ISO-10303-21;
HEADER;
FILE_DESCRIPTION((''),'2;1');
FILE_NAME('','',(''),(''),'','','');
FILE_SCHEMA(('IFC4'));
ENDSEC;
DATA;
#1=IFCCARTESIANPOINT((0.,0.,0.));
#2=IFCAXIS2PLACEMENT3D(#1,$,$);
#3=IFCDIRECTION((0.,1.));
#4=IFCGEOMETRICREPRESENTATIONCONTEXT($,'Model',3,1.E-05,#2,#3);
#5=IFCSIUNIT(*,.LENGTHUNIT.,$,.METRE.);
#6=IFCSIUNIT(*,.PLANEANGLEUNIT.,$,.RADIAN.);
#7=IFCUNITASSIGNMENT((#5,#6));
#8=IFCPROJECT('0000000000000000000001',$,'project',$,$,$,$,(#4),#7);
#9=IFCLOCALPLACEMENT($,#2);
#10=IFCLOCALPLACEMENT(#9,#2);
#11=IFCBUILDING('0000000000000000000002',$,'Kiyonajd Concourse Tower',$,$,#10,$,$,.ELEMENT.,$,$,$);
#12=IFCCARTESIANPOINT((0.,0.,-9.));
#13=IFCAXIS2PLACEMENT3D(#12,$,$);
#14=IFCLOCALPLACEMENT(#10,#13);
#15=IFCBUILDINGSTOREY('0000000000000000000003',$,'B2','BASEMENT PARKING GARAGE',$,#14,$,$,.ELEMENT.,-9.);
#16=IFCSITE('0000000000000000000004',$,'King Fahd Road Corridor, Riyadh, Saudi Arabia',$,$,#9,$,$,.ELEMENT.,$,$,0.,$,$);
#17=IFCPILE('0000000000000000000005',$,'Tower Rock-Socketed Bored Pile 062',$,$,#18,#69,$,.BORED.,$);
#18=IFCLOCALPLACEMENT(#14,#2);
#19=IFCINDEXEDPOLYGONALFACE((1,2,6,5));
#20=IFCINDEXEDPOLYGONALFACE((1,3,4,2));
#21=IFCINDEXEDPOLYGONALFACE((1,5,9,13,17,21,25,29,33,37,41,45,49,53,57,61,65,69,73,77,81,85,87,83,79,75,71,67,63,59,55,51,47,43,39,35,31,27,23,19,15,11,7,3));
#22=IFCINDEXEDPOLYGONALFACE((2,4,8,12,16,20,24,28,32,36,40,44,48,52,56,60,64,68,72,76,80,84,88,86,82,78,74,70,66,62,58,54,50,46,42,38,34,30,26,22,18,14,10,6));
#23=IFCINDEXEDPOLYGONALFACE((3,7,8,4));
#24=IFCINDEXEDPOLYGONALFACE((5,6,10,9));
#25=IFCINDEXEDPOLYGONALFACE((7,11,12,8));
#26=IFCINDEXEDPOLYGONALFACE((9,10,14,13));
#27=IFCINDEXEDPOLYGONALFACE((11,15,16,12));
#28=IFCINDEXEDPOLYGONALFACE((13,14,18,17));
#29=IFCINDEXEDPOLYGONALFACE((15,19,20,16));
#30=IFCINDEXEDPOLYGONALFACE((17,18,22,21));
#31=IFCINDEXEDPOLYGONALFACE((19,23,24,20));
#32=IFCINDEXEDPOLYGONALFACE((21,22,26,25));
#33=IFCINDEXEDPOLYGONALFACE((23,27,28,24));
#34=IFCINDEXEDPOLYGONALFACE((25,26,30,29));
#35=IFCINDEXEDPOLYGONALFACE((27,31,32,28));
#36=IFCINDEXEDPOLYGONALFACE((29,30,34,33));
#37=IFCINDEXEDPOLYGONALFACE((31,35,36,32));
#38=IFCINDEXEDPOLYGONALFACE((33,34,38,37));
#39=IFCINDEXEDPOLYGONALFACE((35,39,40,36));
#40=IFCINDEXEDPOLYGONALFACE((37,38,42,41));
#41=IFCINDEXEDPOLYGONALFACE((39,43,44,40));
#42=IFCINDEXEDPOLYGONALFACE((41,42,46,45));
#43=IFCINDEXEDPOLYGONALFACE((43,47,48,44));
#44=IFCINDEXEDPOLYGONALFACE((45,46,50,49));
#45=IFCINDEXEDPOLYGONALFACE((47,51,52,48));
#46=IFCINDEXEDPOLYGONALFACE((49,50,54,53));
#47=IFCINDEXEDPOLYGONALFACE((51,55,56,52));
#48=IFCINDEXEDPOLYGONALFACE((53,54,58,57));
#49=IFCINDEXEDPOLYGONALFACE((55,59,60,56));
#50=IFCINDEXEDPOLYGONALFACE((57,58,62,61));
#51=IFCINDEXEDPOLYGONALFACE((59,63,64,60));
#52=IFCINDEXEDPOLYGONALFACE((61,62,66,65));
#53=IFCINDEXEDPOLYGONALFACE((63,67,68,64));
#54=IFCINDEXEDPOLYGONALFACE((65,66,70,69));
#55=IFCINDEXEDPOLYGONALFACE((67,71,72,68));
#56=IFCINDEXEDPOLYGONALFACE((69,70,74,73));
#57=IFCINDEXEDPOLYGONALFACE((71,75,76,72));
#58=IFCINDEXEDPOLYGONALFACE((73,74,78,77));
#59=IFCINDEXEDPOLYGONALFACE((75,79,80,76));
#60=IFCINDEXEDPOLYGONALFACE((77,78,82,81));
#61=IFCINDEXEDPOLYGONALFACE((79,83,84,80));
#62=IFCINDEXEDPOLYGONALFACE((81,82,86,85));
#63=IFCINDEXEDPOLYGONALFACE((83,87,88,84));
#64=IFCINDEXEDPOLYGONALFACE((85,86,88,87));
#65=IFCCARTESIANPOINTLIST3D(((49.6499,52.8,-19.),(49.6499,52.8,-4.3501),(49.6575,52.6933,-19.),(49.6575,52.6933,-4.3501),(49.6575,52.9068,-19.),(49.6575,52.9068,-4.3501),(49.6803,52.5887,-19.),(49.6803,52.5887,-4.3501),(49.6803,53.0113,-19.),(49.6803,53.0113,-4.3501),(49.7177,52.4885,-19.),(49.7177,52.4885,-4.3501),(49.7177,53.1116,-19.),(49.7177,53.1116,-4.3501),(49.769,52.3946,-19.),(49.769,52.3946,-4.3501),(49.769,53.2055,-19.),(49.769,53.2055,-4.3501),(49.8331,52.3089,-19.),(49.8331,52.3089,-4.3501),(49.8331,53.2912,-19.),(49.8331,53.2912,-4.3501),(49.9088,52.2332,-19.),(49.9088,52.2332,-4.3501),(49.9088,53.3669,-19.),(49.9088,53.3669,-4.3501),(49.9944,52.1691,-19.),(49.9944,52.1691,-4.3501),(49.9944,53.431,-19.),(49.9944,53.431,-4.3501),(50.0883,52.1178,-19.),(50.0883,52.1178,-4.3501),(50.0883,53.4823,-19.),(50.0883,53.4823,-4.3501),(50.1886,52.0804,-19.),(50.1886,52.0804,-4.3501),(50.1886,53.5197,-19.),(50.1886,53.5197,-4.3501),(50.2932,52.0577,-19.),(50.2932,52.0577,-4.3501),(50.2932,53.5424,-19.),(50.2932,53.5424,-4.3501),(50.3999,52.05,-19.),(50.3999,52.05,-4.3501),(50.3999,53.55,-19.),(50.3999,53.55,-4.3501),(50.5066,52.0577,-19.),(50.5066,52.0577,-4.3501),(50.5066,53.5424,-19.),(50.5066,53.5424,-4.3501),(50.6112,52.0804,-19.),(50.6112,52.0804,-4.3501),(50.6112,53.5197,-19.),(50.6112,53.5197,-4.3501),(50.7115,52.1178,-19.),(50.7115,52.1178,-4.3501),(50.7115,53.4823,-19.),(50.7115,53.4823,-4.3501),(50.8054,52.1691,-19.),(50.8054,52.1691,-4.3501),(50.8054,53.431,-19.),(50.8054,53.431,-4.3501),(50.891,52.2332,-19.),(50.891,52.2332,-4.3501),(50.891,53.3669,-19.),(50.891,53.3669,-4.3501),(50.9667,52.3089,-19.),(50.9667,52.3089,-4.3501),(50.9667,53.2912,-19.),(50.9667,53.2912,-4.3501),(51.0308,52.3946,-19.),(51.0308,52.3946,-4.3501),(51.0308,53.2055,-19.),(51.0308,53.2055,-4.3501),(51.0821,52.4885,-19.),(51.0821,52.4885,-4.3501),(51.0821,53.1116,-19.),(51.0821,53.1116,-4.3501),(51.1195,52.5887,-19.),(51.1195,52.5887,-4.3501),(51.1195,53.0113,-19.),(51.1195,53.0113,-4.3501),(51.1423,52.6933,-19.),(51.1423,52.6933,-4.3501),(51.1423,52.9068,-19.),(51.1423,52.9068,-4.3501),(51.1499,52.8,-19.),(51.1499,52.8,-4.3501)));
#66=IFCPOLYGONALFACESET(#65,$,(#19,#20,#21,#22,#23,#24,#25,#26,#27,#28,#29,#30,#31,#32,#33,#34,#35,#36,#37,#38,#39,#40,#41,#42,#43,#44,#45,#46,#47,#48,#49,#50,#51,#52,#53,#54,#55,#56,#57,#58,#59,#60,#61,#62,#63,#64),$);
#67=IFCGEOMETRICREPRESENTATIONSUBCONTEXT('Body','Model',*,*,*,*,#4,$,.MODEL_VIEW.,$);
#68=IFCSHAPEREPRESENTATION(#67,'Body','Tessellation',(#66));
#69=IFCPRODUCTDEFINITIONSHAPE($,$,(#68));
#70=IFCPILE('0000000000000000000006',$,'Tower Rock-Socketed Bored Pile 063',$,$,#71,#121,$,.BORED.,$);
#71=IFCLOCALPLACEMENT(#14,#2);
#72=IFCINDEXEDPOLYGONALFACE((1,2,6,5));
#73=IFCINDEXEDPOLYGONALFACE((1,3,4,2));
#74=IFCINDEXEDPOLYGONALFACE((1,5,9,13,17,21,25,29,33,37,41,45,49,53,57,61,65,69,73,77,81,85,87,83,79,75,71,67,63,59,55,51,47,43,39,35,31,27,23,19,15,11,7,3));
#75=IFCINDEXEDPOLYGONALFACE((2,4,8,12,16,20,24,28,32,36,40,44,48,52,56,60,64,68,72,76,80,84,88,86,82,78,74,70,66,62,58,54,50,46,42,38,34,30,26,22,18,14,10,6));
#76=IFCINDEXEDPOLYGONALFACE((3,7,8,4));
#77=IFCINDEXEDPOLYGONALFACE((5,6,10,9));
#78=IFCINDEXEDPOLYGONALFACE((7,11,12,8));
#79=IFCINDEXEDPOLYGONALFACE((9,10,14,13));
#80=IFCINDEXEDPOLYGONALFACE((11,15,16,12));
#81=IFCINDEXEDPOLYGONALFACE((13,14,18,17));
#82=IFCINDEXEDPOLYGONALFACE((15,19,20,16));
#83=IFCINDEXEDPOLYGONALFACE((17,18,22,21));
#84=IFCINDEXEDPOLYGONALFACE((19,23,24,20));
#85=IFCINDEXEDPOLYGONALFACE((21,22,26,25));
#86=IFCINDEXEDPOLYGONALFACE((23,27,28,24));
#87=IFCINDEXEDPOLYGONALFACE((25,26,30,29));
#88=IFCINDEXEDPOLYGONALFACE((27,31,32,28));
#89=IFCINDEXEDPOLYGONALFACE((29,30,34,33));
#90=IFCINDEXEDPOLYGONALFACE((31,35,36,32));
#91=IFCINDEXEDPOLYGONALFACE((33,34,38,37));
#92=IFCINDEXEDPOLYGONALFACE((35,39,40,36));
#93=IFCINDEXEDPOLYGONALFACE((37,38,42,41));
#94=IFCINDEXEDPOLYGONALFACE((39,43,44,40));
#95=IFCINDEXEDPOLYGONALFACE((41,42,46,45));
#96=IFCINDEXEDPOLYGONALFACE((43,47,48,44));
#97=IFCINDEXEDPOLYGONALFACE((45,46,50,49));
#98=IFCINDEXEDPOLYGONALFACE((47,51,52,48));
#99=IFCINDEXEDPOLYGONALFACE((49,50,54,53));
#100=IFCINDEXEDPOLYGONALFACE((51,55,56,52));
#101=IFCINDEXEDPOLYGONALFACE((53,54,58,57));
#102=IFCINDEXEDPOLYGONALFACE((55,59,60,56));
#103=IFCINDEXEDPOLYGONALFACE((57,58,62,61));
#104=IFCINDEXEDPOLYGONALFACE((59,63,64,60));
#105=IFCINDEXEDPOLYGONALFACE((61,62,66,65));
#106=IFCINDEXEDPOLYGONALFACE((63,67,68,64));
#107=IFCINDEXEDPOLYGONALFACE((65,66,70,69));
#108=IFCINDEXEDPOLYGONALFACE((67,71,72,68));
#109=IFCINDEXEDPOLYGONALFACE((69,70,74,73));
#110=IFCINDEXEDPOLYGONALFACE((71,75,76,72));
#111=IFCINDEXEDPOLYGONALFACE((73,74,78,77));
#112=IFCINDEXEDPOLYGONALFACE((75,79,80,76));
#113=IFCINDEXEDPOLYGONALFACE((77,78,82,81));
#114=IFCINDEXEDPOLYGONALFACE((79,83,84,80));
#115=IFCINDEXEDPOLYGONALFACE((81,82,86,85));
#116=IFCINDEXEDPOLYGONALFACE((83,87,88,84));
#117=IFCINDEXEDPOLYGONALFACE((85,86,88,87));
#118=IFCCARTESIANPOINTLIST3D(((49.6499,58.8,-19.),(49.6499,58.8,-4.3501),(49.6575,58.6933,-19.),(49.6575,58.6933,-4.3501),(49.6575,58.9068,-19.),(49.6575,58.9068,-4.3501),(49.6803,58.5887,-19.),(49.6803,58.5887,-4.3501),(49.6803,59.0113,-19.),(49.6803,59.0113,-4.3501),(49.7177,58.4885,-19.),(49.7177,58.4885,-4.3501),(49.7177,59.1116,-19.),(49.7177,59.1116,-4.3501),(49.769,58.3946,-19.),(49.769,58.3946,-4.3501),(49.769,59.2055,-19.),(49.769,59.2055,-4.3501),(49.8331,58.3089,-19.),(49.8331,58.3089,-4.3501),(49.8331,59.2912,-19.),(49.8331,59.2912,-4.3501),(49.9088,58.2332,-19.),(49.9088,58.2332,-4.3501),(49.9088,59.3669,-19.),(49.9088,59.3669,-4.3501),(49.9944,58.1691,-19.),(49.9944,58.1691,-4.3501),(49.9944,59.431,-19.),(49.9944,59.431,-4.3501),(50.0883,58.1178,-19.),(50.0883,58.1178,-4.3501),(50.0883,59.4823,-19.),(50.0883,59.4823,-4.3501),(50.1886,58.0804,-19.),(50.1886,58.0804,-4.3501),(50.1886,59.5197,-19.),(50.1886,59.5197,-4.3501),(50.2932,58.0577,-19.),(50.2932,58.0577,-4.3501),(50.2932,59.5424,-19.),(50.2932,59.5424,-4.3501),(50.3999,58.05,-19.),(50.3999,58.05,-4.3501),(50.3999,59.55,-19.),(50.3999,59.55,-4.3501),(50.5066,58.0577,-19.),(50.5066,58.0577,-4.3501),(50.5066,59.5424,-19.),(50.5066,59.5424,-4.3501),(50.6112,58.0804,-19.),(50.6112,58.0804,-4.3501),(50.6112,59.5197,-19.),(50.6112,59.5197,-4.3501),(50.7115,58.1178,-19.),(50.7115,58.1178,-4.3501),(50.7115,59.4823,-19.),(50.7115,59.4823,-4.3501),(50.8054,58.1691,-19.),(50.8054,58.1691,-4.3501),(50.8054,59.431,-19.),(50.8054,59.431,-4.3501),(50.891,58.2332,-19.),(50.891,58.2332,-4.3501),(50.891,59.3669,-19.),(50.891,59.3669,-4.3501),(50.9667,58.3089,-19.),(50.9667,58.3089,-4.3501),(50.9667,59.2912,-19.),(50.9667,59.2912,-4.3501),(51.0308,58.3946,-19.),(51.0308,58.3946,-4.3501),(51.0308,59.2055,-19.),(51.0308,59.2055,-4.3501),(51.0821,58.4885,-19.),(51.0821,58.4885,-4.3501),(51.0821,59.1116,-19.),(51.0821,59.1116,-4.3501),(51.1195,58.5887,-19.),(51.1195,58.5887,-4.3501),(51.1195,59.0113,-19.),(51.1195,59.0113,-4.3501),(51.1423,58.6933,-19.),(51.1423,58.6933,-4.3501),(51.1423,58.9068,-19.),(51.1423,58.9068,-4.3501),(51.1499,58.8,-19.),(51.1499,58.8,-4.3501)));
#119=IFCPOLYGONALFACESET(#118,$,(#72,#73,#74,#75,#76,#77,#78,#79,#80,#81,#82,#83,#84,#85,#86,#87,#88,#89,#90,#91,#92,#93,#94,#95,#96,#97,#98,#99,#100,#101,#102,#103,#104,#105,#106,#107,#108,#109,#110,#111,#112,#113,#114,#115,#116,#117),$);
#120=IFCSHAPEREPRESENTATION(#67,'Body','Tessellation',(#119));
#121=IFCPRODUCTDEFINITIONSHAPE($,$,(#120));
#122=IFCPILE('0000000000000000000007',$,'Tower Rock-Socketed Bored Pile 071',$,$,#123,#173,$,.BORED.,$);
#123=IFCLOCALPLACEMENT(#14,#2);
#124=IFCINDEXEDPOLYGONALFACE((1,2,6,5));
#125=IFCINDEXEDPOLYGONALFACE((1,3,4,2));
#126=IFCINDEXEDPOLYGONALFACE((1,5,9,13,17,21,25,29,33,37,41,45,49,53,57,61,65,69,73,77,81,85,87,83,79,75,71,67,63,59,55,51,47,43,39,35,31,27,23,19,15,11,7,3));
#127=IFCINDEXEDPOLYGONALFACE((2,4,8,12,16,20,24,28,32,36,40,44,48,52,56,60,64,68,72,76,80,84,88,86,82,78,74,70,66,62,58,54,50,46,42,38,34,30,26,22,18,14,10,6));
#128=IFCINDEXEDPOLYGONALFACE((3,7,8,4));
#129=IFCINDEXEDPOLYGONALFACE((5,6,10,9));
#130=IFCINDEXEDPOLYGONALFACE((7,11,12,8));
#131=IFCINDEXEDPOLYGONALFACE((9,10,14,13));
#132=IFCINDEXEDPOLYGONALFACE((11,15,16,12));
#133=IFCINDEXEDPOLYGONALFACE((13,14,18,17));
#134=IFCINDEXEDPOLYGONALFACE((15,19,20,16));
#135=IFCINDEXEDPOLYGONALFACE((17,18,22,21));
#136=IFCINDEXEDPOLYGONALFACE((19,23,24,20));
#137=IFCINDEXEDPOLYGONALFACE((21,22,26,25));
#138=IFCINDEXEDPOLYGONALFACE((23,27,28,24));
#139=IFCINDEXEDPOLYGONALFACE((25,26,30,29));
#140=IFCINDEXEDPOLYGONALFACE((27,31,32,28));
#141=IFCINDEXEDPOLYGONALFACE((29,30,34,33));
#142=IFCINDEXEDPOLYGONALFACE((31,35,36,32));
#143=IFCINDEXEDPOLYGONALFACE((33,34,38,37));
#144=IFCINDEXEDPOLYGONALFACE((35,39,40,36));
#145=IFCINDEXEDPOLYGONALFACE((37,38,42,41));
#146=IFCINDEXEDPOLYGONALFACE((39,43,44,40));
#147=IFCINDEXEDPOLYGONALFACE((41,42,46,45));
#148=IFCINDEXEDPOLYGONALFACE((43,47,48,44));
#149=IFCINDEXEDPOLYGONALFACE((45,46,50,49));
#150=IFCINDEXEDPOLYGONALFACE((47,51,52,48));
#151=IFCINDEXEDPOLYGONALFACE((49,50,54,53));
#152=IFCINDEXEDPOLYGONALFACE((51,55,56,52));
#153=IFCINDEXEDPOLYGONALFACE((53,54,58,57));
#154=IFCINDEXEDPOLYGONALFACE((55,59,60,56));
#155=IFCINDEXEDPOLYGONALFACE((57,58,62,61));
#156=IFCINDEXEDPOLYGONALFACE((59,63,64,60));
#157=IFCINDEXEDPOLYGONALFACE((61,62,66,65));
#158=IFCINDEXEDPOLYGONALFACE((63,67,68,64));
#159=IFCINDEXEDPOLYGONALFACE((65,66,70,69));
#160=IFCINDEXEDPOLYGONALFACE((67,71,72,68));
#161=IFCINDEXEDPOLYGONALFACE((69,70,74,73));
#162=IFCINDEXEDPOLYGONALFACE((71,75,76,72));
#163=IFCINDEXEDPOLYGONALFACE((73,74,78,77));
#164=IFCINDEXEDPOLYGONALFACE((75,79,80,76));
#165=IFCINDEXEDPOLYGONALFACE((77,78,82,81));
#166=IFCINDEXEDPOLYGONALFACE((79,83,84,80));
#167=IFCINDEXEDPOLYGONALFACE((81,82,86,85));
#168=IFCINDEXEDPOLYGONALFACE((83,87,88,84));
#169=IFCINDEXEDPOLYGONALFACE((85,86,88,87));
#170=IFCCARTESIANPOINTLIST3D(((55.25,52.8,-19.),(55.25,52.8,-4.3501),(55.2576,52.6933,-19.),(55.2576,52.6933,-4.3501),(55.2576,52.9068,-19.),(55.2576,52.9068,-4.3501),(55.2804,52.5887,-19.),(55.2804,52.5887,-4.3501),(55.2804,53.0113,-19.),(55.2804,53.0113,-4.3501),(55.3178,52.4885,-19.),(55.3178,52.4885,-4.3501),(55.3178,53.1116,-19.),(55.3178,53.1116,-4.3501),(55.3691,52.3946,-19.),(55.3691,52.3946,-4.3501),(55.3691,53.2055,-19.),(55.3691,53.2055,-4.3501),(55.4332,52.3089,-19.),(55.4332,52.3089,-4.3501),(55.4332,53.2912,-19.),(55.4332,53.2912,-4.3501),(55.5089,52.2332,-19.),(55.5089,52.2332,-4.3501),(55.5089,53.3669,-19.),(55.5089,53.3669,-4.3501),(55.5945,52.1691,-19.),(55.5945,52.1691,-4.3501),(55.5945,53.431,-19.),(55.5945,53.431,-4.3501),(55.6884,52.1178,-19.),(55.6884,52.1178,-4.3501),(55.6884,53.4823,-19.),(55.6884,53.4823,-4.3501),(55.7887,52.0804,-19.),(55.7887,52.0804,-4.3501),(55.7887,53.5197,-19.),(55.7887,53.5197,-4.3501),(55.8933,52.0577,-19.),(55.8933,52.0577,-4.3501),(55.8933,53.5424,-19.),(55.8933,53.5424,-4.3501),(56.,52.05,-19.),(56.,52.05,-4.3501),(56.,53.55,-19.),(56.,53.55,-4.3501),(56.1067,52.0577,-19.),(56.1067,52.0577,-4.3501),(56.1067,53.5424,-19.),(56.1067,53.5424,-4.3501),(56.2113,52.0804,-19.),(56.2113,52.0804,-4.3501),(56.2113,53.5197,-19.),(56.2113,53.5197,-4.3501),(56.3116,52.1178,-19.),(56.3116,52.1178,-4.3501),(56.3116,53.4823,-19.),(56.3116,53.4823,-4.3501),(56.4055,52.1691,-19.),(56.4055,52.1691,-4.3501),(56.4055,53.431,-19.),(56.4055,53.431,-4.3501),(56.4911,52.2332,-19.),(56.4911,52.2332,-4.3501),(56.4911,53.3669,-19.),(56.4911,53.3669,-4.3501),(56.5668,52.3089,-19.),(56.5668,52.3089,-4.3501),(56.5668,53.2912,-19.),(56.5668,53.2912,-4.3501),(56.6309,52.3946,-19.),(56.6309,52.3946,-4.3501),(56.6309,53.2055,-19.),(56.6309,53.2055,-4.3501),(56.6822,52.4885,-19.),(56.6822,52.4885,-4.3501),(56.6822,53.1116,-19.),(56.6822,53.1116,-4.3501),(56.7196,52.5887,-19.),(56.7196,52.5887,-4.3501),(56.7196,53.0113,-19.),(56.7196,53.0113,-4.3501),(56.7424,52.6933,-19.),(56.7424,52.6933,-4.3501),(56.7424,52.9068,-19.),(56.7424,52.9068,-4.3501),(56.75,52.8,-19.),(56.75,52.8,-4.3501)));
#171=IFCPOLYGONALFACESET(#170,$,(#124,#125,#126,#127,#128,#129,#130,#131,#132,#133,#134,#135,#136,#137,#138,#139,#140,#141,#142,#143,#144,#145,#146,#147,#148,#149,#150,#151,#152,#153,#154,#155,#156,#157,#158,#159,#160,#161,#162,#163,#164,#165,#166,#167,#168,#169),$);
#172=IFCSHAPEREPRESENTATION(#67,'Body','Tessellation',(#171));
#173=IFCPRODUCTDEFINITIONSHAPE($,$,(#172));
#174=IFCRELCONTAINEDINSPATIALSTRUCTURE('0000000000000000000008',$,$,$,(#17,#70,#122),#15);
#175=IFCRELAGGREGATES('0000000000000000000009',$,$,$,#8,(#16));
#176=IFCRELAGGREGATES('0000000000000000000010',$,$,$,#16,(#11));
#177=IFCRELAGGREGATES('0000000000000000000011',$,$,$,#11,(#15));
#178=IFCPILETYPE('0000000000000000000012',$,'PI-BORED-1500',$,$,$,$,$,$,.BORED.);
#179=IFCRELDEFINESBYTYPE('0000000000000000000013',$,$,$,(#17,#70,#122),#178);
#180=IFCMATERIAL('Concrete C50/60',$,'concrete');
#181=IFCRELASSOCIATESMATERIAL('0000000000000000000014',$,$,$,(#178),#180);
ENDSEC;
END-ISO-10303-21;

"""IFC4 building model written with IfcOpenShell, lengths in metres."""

from ifc_helpers import new_model, si_unit, direction, frame, origin, origin_2d, place, context, subcontext, project, spatial, circle, extrude, material, material_profile, profile_set, type_object, element, save


model = new_model("IFC4")

# Units and contexts
model_context = context("Model", 3, precision=1e-05, world=origin(), true_north=direction((0.0, 1.0)))
body_context = subcontext(model_context, "Body", "Model", "MODEL_VIEW")
ifc_project = project(units=[si_unit("LENGTHUNIT", "METRE"), si_unit("PLANEANGLEUNIT", "RADIAN")], contexts=[model_context])

# Site, building, storey
site_placement = place(None, origin())
site = spatial("IfcSite", under=ifc_project, at=site_placement, Name="King Fahd Road Corridor, Riyadh, Saudi Arabia", CompositionType="ELEMENT", RefElevation=0.0)
building_placement = place(site_placement, origin())
building = spatial("IfcBuilding", under=site, at=building_placement, Name="Kiyonajd Concourse Tower", CompositionType="ELEMENT")
storey_placement = place(building_placement, frame((0.0, 0.0, -9.0)))
storey = spatial("IfcBuildingStorey", under=building, at=storey_placement, Name="B2", Description="BASEMENT PARKING GARAGE", CompositionType="ELEMENT", Elevation=-9.0)

# Piles
ifc_material_1 = material(Name="Concrete C50/60", Category="concrete")
ifc_material_profile_1 = material_profile(ifc_material_1, circle(Radius=0.75, at=origin_2d()), Name="PILE-D1500")
ifc_profile_set_1 = profile_set([ifc_material_profile_1], Name="Concrete C50/60")
pile_type = type_object("IfcPileType", Name="PI-BORED-1500", PredefinedType="BORED", material=ifc_profile_set_1)
for number, where, z_axis, x_axis, name in (
    (1, (50.3999, 52.8, -4.3501), (0.0, 0.0, -1.0), (1.0, 0.0, 0.0), "Tower Rock-Socketed Bored Pile 062"),
    (2, (50.3999, 58.8, -4.3501), (0.0, 0.0, -1.0), (1.0, 0.0, 0.0), "Tower Rock-Socketed Bored Pile 063"),
    (3, (56.0, 52.8, -4.3501), (0.0, 0.0, -1.0), (1.0, 0.0, 0.0), "Tower Rock-Socketed Bored Pile 071"),
):
    element("IfcPile", number, at=place(storey_placement, frame(where, z_axis=z_axis, x_axis=x_axis)), inside=storey, type_object=pile_type, Name=name, PredefinedType="BORED", context=body_context, shape_type="SweptSolid", body=[
        extrude(circle(Radius=0.75, at=origin_2d()), origin(), (0.0, 0.0, 1.0), 14.6499),
    ])

save(model, "model.ifc")
